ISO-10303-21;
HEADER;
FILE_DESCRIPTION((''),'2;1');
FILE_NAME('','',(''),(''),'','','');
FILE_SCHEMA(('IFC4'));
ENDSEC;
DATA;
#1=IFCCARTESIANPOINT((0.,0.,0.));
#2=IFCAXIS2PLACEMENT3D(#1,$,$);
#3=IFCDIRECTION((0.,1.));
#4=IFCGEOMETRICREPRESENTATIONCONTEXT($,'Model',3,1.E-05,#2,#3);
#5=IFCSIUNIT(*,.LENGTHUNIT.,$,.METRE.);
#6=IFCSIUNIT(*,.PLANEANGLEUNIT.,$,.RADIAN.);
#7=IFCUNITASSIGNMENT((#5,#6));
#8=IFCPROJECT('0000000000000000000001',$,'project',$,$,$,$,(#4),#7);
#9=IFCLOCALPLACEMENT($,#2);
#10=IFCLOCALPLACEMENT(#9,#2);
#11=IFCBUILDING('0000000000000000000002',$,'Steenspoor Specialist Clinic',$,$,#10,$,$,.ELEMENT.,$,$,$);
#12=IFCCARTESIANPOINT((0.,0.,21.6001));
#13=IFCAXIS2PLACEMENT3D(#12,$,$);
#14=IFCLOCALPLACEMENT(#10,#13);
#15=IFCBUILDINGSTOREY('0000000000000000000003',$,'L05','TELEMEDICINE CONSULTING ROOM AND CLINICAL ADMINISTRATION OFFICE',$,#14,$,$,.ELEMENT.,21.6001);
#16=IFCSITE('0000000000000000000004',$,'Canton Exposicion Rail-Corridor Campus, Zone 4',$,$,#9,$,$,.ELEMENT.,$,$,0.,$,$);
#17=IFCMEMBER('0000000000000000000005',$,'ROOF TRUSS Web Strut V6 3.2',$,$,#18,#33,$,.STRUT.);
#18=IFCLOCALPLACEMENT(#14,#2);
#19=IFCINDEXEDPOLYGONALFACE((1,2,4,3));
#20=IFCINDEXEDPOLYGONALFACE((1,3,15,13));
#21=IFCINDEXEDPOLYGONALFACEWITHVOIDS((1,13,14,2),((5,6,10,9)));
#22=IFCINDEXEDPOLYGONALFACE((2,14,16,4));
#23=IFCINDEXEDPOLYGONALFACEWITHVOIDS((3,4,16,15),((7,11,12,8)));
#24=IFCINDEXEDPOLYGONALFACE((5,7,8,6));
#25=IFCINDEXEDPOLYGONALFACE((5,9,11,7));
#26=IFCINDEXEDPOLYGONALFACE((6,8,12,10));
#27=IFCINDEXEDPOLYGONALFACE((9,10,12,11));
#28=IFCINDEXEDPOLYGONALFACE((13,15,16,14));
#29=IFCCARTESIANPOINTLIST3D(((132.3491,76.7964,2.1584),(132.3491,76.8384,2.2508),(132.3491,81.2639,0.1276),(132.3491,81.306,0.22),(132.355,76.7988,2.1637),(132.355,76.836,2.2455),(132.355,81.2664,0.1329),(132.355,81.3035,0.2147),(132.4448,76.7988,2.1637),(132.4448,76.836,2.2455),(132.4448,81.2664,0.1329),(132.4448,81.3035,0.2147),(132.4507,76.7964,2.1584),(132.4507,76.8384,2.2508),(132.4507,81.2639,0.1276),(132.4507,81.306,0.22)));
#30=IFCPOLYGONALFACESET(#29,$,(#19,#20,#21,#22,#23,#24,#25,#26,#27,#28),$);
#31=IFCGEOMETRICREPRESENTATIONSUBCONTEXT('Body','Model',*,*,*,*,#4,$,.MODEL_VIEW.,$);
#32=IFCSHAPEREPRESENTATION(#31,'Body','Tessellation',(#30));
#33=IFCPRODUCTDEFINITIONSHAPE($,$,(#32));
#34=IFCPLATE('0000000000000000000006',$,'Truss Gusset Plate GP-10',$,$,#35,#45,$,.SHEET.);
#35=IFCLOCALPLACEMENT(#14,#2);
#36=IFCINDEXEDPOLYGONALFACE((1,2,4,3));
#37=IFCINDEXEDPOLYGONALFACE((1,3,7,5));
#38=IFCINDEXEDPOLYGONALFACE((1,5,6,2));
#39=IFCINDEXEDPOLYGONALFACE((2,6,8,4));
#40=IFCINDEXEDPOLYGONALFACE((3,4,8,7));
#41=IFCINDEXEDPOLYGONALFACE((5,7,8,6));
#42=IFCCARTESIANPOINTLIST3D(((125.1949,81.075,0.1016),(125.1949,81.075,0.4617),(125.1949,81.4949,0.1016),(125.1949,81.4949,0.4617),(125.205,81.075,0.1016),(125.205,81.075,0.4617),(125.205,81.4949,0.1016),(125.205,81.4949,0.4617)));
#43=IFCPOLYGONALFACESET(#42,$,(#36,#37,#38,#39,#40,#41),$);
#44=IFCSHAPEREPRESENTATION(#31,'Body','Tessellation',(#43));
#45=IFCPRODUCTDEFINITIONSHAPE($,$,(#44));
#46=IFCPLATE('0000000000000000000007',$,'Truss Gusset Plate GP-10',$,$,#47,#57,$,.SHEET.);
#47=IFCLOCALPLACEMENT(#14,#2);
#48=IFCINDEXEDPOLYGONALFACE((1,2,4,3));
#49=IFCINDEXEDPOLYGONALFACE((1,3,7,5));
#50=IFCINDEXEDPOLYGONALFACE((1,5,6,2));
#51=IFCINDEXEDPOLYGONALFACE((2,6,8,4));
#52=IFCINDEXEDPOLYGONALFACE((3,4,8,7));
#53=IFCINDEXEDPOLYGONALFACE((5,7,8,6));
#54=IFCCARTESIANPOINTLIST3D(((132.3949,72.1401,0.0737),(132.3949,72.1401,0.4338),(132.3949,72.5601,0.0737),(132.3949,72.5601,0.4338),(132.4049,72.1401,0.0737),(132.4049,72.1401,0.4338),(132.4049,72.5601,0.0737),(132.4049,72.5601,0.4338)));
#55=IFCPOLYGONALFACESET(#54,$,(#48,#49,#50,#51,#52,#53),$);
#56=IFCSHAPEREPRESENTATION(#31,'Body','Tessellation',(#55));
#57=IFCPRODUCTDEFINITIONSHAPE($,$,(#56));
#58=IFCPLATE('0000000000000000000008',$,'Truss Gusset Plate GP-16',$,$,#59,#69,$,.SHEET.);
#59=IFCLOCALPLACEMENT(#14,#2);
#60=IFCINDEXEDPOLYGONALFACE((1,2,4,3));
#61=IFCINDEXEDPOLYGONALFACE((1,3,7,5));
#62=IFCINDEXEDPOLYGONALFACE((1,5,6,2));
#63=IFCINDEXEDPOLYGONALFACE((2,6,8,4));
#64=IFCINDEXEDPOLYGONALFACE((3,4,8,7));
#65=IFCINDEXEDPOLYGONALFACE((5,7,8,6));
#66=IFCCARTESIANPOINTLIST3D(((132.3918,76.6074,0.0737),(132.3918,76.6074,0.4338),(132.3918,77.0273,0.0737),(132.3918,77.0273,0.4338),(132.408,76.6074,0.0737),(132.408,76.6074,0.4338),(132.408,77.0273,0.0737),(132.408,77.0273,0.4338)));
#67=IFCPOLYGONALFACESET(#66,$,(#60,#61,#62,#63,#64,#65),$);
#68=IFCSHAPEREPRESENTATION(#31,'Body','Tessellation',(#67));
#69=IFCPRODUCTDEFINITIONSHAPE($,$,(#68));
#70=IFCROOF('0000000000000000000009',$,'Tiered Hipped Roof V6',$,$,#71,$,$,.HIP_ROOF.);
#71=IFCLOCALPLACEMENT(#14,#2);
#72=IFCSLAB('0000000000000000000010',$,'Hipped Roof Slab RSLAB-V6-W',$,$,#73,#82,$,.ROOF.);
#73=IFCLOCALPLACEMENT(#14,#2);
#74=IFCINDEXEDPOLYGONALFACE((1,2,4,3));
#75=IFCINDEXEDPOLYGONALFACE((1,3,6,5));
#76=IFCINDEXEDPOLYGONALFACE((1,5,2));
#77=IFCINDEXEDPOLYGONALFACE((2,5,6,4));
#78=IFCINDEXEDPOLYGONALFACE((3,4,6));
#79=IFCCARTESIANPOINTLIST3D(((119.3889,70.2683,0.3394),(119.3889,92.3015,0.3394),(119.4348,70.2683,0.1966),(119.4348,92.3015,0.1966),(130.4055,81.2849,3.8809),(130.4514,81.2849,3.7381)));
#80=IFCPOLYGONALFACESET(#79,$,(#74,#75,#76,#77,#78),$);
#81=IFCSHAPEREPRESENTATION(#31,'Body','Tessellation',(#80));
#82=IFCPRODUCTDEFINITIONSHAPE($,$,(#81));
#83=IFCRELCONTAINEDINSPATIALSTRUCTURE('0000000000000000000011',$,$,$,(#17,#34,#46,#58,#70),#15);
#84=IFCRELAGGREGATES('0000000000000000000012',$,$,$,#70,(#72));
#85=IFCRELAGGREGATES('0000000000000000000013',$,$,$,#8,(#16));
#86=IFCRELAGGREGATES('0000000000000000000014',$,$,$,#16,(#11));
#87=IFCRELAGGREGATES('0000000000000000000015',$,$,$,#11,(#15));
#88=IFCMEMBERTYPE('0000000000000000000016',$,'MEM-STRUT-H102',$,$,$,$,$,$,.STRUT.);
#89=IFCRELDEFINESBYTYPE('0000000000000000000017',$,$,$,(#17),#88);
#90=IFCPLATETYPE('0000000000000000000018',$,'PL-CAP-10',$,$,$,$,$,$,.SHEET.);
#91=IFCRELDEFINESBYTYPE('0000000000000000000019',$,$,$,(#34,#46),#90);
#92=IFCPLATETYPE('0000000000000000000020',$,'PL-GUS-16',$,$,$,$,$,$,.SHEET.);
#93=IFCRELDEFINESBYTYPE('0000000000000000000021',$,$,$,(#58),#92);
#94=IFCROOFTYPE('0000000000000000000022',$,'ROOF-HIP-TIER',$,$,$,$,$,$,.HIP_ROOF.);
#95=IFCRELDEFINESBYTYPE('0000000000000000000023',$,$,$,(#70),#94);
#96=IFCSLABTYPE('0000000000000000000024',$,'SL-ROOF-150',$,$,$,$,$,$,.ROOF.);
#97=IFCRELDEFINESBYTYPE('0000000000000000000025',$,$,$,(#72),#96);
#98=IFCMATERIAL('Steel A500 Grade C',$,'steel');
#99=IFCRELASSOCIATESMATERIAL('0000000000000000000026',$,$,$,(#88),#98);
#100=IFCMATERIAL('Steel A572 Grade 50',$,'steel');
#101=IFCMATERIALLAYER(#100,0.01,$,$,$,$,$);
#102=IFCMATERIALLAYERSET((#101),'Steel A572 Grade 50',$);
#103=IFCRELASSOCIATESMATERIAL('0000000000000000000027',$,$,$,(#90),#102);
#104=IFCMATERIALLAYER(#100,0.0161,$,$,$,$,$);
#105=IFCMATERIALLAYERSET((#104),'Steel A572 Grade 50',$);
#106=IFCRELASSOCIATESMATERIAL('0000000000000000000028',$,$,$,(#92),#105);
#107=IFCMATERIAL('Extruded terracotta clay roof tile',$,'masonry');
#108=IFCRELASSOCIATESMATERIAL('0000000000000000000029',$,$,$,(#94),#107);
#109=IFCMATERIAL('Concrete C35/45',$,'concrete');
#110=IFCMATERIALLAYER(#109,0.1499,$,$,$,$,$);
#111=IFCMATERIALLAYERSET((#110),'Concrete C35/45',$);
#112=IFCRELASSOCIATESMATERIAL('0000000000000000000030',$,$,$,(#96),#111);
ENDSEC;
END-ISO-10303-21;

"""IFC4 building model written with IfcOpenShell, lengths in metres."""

from ifc_helpers import new_model, si_unit, direction, frame, origin, origin_2d, place, context, subcontext, project, spatial, polyline, rectangle, hollow_rectangle, outline, extrude, material, layer, layer_set, material_profile, profile_set, type_object, element, aggregate, save


model = new_model("IFC4")

# Units and contexts
model_context = context("Model", 3, precision=1e-05, world=origin(), true_north=direction((0.0, 1.0)))
body_context = subcontext(model_context, "Body", "Model", "MODEL_VIEW")
ifc_project = project(units=[si_unit("LENGTHUNIT", "METRE"), si_unit("PLANEANGLEUNIT", "RADIAN")], contexts=[model_context])

# Site, building, storey
site_placement = place(None, origin())
site = spatial("IfcSite", under=ifc_project, at=site_placement, Name="Canton Exposicion Rail-Corridor Campus, Zone 4", CompositionType="ELEMENT", RefElevation=0.0)
building_placement = place(site_placement, origin())
building = spatial("IfcBuilding", under=site, at=building_placement, Name="Steenspoor Specialist Clinic", CompositionType="ELEMENT")
storey_placement = place(building_placement, frame((0.0, 0.0, 21.6001)))
storey = spatial("IfcBuildingStorey", under=building, at=storey_placement, Name="L05", Description="TELEMEDICINE CONSULTING ROOM AND CLINICAL ADMINISTRATION OFFICE", CompositionType="ELEMENT", Elevation=21.6001)

# Member
ifc_material_1 = material(Name="Steel A500 Grade C", Category="steel")
ifc_material_profile_1 = material_profile(ifc_material_1, hollow_rectangle(XDim=0.1016, YDim=0.1016, WallThickness=0.0059, at=origin_2d()), Name="HSS102X102X6.4")
ifc_profile_set_1 = profile_set([ifc_material_profile_1], Name="Steel A500 Grade C")
member_type_1 = type_object("IfcMemberType", Name="MEM-STRUT-H102", PredefinedType="STRUT", material=ifc_profile_set_1)
member_1_placement = place(storey_placement, frame((132.3999, 76.8174, 2.2046), z_axis=(0.0, 0.910361, -0.413814), x_axis=(-1.0, 0.0, 0.0)))
element("IfcMember", 1, at=member_1_placement, inside=storey, type_object=member_type_1, Name="ROOF TRUSS Web Strut V6 3.2", PredefinedType="STRUT", context=body_context, shape_type="SweptSolid", body=[
    extrude(hollow_rectangle(XDim=0.1016, YDim=0.1016, WallThickness=0.0059, at=origin_2d()), origin(), (0.0, 0.0, 1.0), 4.9075),
])

# Plates
ifc_material_2 = material(Name="Steel A572 Grade 50", Category="steel")
ifc_layer_1 = layer(ifc_material_2, 0.01)
ifc_layer_set_1 = layer_set([ifc_layer_1], Name="Steel A572 Grade 50")
plate_type_1 = type_object("IfcPlateType", Name="PL-CAP-10", PredefinedType="SHEET", material=ifc_layer_set_1)
for number, where, z_axis, x_axis, name in (
    (2, (125.2, 81.2849, 0.1016), (0.0, 0.0, 1.0), (1.0, 0.0, 0.0), "Truss Gusset Plate GP-10"),
    (3, (132.3999, 72.3501, 0.0737), (0.0, 0.0, 1.0), (1.0, 0.0, 0.0), "Truss Gusset Plate GP-10"),
):
    element("IfcPlate", number, at=place(storey_placement, frame(where, z_axis=z_axis, x_axis=x_axis)), inside=storey, type_object=plate_type_1, Name=name, PredefinedType="SHEET", context=body_context, shape_type="SweptSolid", body=[
        extrude(rectangle(XDim=0.01, YDim=0.4199, at=origin_2d()), origin(), (0.0, 0.0, 1.0), 0.3601),
    ])
ifc_layer_2 = layer(ifc_material_2, 0.0161)
ifc_layer_set_2 = layer_set([ifc_layer_2], Name="Steel A572 Grade 50")
plate_type_2 = type_object("IfcPlateType", Name="PL-GUS-16", PredefinedType="SHEET", material=ifc_layer_set_2)
plate_placement = place(storey_placement, frame((132.3999, 76.8174, 0.0737), z_axis=(0.0, 0.0, 1.0), x_axis=(1.0, 0.0, 0.0)))
element("IfcPlate", 4, at=plate_placement, inside=storey, type_object=plate_type_2, Name="Truss Gusset Plate GP-16", PredefinedType="SHEET", context=body_context, shape_type="SweptSolid", body=[
    extrude(rectangle(XDim=0.0161, YDim=0.4199, at=origin_2d()), origin(), (0.0, 0.0, 1.0), 0.3601),
])

# Roof, slab
ifc_material_3 = material(Name="Extruded terracotta clay roof tile", Category="masonry")
roof_type = type_object("IfcRoofType", Name="ROOF-HIP-TIER", PredefinedType="HIP_ROOF", material=ifc_material_3)
roof_placement = place(storey_placement, origin())
roof = element("IfcRoof", 5, at=roof_placement, inside=storey, type_object=roof_type, Name="Tiered Hipped Roof V6", PredefinedType="HIP_ROOF")
ifc_material_4 = material(Name="Concrete C35/45", Category="concrete")
ifc_layer_3 = layer(ifc_material_4, 0.1499)
ifc_layer_set_3 = layer_set([ifc_layer_3], Name="Concrete C35/45")
slab_type = type_object("IfcSlabType", Name="SL-ROOF-150", PredefinedType="ROOF", material=ifc_layer_set_3)
slab_placement = place(storey_placement, frame((130.4055, 81.2849, 3.8809), z_axis=(-0.306045, 0.0, 0.952017), x_axis=(-0.689517, 0.689517, -0.221659)))
slab = element("IfcSlab", 6, at=slab_placement, type_object=slab_type, Name="Hipped Roof Slab RSLAB-V6-W", PredefinedType="ROOF", context=body_context, shape_type="SweptSolid", body=[
    extrude(outline(polyline([(0.0, 0.0), (15.9773, 0.0), (0.785, 15.958), (0.0, 0.0)])), origin(), (0.0, 0.0, -1.0), 0.1499),
])
aggregate(roof, [slab])

save(model, "model.ifc")
